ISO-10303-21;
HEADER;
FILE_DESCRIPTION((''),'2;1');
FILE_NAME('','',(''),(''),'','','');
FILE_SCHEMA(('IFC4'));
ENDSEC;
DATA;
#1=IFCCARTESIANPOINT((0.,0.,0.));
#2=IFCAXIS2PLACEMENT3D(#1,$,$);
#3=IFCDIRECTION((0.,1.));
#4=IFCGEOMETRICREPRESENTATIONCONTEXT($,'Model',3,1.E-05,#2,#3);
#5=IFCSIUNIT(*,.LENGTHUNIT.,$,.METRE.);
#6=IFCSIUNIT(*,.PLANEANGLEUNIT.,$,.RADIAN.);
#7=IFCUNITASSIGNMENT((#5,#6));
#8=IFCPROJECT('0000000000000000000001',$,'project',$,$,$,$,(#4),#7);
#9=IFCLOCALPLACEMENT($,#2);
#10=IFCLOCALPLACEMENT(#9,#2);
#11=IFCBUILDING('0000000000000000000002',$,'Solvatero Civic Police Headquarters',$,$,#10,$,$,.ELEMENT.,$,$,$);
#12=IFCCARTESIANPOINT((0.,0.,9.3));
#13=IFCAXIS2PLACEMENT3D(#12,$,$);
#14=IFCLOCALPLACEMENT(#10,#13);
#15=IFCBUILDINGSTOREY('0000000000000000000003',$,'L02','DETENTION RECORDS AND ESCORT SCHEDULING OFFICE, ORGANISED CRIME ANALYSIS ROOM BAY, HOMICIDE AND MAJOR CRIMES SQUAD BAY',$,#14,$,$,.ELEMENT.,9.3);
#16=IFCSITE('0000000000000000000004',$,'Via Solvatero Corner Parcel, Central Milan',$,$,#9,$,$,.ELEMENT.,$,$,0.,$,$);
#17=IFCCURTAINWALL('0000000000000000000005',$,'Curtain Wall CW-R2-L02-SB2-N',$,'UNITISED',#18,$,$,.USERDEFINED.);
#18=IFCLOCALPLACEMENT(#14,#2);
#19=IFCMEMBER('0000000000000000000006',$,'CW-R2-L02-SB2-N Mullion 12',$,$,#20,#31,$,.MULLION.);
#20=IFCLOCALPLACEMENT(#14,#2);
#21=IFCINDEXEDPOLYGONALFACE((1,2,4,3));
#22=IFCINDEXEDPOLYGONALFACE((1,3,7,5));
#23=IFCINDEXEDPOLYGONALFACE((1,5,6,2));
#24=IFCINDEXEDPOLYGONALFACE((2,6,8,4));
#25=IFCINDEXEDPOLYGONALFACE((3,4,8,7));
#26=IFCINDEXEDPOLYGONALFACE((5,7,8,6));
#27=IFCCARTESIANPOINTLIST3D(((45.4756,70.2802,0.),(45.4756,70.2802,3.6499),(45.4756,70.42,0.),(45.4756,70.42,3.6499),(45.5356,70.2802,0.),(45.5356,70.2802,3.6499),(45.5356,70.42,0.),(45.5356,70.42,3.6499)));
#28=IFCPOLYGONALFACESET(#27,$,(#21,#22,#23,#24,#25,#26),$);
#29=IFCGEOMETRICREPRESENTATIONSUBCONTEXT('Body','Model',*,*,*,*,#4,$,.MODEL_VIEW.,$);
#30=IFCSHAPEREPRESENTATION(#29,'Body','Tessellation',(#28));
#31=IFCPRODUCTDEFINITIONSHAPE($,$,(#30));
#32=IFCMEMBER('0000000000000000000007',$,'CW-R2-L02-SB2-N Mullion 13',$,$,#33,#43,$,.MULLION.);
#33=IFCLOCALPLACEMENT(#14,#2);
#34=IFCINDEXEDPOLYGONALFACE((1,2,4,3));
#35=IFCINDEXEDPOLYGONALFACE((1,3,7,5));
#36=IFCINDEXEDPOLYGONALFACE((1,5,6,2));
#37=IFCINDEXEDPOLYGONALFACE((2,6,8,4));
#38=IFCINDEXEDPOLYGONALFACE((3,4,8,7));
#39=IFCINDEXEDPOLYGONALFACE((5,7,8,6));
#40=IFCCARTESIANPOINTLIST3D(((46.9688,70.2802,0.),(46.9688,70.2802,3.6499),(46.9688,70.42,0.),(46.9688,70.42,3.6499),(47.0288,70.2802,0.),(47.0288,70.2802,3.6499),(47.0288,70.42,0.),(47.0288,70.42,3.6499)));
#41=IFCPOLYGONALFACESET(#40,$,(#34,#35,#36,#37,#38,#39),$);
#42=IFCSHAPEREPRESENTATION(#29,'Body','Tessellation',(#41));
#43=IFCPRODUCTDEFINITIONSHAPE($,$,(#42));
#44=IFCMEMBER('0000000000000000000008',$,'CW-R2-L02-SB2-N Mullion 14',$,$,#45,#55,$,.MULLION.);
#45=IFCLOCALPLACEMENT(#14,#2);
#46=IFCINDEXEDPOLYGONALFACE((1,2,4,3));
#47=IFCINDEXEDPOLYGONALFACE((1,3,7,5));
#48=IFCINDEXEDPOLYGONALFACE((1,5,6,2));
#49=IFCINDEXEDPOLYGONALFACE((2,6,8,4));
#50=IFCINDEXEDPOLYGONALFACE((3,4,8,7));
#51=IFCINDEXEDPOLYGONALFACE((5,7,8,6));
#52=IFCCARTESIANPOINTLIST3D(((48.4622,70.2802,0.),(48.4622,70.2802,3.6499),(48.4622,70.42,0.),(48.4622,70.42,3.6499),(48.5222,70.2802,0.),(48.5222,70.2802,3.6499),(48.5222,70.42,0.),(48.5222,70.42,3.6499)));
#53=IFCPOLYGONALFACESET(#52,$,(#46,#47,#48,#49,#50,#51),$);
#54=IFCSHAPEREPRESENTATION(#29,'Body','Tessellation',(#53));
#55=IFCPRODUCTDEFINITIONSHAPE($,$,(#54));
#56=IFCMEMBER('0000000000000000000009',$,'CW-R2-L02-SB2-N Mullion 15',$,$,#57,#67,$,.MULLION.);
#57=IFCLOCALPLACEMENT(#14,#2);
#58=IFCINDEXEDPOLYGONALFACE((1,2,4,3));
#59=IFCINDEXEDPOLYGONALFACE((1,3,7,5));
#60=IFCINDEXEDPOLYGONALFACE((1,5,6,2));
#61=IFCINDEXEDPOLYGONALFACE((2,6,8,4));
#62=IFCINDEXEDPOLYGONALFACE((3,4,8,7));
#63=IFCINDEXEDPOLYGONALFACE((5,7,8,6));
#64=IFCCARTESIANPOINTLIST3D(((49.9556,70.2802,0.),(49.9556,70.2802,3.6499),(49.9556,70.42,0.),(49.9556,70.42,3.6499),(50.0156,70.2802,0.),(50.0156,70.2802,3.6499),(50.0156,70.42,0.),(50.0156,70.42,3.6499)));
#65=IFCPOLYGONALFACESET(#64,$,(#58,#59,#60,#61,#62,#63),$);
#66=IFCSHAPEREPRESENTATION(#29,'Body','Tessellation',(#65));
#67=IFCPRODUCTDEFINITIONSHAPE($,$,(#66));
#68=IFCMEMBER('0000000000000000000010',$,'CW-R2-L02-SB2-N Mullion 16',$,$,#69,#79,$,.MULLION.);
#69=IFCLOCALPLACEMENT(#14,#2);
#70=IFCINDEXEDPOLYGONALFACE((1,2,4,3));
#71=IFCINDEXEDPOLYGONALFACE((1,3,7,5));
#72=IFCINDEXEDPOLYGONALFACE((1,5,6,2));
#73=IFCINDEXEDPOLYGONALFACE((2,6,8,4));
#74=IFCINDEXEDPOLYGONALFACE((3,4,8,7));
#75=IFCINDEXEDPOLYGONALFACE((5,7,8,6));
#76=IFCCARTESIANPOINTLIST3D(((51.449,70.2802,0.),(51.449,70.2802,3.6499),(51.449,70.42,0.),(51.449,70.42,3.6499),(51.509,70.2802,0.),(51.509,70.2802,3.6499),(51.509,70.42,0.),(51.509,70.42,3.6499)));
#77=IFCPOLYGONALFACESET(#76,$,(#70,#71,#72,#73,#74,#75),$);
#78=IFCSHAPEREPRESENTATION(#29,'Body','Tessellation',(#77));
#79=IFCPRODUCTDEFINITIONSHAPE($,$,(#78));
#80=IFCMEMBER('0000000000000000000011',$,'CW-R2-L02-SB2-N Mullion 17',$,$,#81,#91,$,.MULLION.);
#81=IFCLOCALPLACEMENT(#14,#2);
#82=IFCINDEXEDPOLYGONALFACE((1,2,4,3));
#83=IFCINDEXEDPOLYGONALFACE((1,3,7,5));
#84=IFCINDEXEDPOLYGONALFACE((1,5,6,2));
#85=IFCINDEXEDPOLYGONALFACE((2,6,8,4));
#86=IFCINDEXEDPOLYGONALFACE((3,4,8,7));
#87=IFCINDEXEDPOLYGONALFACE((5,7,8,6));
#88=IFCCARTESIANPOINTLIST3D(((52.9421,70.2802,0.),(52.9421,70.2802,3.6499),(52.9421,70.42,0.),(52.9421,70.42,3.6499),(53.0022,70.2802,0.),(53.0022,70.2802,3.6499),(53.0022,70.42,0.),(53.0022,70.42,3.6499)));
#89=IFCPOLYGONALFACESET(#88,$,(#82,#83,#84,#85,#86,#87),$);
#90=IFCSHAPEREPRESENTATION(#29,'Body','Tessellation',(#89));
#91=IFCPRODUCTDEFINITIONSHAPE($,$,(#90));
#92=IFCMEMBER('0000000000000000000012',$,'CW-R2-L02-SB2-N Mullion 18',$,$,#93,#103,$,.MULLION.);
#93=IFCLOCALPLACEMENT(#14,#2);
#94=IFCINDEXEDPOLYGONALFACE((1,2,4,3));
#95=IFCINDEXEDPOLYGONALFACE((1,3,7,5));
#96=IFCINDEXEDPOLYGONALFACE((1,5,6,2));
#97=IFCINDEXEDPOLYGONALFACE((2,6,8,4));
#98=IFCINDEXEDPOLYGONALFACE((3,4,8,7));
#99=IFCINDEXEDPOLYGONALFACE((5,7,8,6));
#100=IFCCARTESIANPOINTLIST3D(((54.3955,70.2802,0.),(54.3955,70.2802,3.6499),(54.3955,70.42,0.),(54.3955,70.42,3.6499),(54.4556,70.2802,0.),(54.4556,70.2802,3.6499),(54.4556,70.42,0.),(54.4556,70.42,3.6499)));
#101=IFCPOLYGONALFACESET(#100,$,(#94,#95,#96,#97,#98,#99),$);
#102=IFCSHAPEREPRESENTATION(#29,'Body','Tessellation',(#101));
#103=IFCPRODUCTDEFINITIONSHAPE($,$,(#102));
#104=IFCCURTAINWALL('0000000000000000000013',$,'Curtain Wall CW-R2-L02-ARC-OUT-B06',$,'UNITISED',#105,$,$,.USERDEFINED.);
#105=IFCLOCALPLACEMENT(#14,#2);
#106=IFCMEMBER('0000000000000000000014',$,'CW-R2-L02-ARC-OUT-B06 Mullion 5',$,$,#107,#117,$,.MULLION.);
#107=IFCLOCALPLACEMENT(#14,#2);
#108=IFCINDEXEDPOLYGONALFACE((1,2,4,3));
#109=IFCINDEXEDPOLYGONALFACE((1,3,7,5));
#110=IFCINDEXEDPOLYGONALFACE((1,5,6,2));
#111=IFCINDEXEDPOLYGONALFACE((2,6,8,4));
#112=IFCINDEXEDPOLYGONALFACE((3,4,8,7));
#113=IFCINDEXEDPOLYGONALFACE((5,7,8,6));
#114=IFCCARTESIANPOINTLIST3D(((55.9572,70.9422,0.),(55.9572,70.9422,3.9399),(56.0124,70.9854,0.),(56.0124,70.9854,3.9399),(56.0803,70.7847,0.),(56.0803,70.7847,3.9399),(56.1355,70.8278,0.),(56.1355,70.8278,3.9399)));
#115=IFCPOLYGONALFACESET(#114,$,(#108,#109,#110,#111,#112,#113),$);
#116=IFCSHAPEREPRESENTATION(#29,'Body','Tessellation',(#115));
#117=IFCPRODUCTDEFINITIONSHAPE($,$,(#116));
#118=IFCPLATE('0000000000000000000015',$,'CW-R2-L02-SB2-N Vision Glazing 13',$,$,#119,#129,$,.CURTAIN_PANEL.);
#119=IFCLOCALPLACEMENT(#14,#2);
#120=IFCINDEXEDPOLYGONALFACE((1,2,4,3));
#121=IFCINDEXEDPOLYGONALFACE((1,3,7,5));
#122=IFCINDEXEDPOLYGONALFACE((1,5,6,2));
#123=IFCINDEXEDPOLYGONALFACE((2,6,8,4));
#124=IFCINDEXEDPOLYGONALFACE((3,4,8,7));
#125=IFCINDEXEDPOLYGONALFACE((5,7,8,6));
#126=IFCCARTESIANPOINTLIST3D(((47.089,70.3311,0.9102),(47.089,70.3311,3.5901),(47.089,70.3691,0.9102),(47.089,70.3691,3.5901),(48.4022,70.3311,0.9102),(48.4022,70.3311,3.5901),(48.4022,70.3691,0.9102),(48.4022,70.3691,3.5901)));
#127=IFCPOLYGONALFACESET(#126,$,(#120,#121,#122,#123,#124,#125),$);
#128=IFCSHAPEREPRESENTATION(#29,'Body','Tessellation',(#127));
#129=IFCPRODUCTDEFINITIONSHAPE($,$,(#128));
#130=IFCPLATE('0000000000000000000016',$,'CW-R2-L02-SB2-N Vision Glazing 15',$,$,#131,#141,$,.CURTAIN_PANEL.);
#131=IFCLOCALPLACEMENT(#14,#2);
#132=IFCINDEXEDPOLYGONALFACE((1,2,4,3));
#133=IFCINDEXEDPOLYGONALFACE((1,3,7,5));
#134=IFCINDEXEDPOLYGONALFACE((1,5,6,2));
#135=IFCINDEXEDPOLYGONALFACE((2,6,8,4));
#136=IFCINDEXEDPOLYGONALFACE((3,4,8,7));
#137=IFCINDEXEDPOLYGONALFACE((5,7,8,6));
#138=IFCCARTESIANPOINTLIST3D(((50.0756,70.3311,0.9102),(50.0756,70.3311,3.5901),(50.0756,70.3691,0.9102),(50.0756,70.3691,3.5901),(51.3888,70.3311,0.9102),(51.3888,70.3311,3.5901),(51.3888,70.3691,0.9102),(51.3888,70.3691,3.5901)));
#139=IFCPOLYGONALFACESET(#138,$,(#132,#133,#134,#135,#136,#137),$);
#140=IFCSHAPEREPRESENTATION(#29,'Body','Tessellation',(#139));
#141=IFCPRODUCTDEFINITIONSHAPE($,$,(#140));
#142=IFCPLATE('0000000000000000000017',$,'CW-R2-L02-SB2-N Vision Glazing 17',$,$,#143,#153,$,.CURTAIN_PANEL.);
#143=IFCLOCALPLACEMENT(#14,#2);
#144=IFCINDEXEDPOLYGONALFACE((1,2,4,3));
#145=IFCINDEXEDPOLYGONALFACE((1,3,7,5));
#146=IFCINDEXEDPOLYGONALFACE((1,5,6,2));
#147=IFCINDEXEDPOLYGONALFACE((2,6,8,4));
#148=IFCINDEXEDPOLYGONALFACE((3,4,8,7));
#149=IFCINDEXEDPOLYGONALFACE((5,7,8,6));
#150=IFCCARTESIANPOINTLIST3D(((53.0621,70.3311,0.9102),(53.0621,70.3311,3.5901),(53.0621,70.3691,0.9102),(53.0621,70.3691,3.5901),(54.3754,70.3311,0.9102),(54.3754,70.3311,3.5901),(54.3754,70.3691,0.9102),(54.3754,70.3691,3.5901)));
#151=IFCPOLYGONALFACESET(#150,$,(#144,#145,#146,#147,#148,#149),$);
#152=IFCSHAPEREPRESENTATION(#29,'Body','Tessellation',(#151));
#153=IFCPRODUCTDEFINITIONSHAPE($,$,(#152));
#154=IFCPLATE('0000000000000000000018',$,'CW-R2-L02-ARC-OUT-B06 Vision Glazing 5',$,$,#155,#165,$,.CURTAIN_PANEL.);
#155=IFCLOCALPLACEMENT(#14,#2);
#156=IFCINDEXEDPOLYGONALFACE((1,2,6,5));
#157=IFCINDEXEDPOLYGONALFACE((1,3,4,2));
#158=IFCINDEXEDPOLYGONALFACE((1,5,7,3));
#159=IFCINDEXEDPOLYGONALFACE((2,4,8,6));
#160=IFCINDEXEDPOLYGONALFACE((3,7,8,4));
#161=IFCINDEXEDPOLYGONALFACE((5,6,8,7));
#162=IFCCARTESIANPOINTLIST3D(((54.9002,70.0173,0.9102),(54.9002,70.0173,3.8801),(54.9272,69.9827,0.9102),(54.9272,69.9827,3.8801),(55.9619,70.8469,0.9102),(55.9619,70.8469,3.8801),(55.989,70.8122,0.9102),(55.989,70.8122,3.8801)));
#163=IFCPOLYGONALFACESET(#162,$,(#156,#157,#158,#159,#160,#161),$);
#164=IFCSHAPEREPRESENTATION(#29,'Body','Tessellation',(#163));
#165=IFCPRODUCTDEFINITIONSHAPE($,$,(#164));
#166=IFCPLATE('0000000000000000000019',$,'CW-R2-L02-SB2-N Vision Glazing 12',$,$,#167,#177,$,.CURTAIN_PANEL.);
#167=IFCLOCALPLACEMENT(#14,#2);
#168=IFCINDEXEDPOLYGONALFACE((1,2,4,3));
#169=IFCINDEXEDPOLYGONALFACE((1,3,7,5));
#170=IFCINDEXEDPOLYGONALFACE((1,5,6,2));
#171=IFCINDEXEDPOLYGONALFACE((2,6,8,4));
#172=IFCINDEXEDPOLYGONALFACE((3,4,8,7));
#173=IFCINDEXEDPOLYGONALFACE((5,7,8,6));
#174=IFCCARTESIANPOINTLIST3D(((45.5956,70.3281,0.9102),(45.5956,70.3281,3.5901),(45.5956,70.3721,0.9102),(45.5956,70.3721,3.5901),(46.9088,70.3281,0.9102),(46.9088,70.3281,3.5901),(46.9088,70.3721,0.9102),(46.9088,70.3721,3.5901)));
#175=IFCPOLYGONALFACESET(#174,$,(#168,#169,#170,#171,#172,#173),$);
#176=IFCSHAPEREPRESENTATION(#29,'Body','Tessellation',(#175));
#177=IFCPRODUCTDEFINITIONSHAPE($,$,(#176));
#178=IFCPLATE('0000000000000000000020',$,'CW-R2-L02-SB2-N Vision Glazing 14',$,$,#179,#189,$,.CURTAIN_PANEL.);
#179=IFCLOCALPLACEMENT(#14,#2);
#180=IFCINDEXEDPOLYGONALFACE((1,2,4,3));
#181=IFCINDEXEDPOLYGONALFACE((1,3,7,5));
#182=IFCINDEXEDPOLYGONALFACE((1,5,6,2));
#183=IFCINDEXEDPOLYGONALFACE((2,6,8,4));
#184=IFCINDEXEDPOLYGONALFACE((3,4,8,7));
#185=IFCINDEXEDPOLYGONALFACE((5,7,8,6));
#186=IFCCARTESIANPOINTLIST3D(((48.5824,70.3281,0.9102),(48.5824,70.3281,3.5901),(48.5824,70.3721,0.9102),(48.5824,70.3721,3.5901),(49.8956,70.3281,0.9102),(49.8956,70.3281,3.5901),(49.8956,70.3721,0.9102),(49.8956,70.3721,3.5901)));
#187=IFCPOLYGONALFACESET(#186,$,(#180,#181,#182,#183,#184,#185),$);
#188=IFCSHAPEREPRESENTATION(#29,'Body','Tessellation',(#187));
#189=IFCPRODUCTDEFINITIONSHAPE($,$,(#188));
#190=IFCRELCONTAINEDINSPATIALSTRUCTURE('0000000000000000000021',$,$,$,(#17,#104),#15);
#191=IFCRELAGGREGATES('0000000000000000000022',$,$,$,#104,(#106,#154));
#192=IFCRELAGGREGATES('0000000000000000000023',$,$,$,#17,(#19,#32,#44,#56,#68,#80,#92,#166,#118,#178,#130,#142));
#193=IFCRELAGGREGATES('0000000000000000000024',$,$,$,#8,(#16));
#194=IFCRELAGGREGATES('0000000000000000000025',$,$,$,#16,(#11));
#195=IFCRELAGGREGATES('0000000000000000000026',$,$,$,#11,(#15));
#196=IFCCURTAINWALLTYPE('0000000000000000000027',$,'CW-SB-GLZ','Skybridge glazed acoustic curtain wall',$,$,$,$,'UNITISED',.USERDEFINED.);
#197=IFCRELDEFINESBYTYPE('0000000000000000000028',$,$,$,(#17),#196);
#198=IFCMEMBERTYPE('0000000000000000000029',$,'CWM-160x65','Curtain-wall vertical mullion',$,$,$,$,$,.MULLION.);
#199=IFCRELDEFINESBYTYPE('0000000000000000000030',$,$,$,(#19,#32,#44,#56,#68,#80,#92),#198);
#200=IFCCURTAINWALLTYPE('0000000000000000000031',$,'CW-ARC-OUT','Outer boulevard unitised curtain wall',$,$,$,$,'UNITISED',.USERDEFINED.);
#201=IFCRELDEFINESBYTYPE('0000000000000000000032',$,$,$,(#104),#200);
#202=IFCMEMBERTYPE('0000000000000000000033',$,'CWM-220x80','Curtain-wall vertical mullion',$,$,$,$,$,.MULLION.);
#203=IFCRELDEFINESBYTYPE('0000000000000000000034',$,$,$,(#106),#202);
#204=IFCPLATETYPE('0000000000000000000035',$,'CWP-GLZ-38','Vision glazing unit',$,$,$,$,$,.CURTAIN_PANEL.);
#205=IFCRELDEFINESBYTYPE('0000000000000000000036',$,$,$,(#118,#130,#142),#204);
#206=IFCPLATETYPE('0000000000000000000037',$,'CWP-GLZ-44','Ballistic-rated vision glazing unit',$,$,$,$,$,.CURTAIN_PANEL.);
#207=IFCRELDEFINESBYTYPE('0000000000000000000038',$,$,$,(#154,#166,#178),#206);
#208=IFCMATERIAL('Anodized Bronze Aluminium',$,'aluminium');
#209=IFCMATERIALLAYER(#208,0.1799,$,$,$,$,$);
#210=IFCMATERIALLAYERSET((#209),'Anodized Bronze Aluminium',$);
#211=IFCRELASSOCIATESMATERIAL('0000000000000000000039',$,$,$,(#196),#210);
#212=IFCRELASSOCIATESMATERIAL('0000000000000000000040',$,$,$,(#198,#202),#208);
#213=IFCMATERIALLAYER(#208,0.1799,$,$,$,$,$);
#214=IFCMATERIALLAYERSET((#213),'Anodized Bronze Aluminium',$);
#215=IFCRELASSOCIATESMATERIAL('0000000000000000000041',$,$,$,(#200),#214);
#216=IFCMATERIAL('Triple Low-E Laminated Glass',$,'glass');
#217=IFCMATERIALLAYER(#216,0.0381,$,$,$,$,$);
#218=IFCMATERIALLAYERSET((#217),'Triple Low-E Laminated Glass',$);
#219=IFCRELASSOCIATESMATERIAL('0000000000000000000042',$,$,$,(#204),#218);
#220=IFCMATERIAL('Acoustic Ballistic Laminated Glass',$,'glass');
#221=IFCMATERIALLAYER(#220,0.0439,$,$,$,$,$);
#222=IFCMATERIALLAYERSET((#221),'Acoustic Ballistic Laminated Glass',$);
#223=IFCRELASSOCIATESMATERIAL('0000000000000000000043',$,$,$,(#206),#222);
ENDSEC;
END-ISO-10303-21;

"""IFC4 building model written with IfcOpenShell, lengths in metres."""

from ifc_helpers import new_model, si_unit, direction, frame, origin, origin_2d, place, context, subcontext, project, spatial, rectangle, extrude, material, layer, layer_set, material_profile, profile_set, type_object, element, aggregate, save


model = new_model("IFC4")

# Units and contexts
model_context = context("Model", 3, precision=1e-05, world=origin(), true_north=direction((0.0, 1.0)))
body_context = subcontext(model_context, "Body", "Model", "MODEL_VIEW")
ifc_project = project(units=[si_unit("LENGTHUNIT", "METRE"), si_unit("PLANEANGLEUNIT", "RADIAN")], contexts=[model_context])

# Site, building, storey
site_placement = place(None, origin())
site = spatial("IfcSite", under=ifc_project, at=site_placement, Name="Via Solvatero Corner Parcel, Central Milan", CompositionType="ELEMENT", RefElevation=0.0)
building_placement = place(site_placement, origin())
building = spatial("IfcBuilding", under=site, at=building_placement, Name="Solvatero Civic Police Headquarters", CompositionType="ELEMENT")
storey_placement = place(building_placement, frame((0.0, 0.0, 9.3)))
storey = spatial("IfcBuildingStorey", under=building, at=storey_placement, Name="L02", Description="DETENTION RECORDS AND ESCORT SCHEDULING OFFICE, ORGANISED CRIME ANALYSIS ROOM BAY, HOMICIDE AND MAJOR CRIMES SQUAD BAY", CompositionType="ELEMENT", Elevation=9.3)

# Curtain wall, members
ifc_material_1 = material(Name="Anodized Bronze Aluminium", Category="aluminium")
ifc_layer_1 = layer(ifc_material_1, 0.1799)
ifc_layer_set_1 = layer_set([ifc_layer_1], Name="Anodized Bronze Aluminium")
curtain_wall_type_1 = type_object("IfcCurtainWallType", Name="CW-SB-GLZ", Description="Skybridge glazed acoustic curtain wall", ElementType="UNITISED", PredefinedType="USERDEFINED", material=ifc_layer_set_1)
curtain_wall_1_placement = place(storey_placement, origin())
curtain_wall_1 = element("IfcCurtainWall", 1, at=curtain_wall_1_placement, inside=storey, type_object=curtain_wall_type_1, Name="Curtain Wall CW-R2-L02-SB2-N", ObjectType="UNITISED", PredefinedType="USERDEFINED")
ifc_material_profile_1 = material_profile(ifc_material_1, rectangle(XDim=0.0601, YDim=0.1399, at=origin_2d()), Name="ALU MULLION 60x140")
ifc_profile_set_1 = profile_set([ifc_material_profile_1], Name="Anodized Bronze Aluminium")
member_type_1 = type_object("IfcMemberType", Name="CWM-160x65", Description="Curtain-wall vertical mullion", PredefinedType="MULLION", material=ifc_profile_set_1)
member_1_placement = place(storey_placement, frame((45.5056, 70.3501, 0.0), z_axis=(0.0, 0.0, 1.0), x_axis=(1.0, 0.0, 0.0)))
member_1 = element("IfcMember", 2, at=member_1_placement, type_object=member_type_1, Name="CW-R2-L02-SB2-N Mullion 12", PredefinedType="MULLION", context=body_context, shape_type="SweptSolid", body=[
    extrude(rectangle(XDim=0.0601, YDim=0.1399, at=origin_2d()), origin(), (0.0, 0.0, 1.0), 3.6499),
])
member_2_placement = place(storey_placement, frame((46.9988, 70.3501, 0.0), z_axis=(0.0, 0.0, 1.0), x_axis=(1.0, 0.0, 0.0)))
member_2 = element("IfcMember", 3, at=member_2_placement, type_object=member_type_1, Name="CW-R2-L02-SB2-N Mullion 13", PredefinedType="MULLION", context=body_context, shape_type="SweptSolid", body=[
    extrude(rectangle(XDim=0.0601, YDim=0.1399, at=origin_2d()), origin(), (0.0, 0.0, 1.0), 3.6499),
])
member_3_placement = place(storey_placement, frame((48.4922, 70.3501, 0.0), z_axis=(0.0, 0.0, 1.0), x_axis=(1.0, 0.0, 0.0)))
member_3 = element("IfcMember", 4, at=member_3_placement, type_object=member_type_1, Name="CW-R2-L02-SB2-N Mullion 14", PredefinedType="MULLION", context=body_context, shape_type="SweptSolid", body=[
    extrude(rectangle(XDim=0.0601, YDim=0.1399, at=origin_2d()), origin(), (0.0, 0.0, 1.0), 3.6499),
])
member_4_placement = place(storey_placement, frame((49.9856, 70.3501, 0.0), z_axis=(0.0, 0.0, 1.0), x_axis=(1.0, 0.0, 0.0)))
member_4 = element("IfcMember", 5, at=member_4_placement, type_object=member_type_1, Name="CW-R2-L02-SB2-N Mullion 15", PredefinedType="MULLION", context=body_context, shape_type="SweptSolid", body=[
    extrude(rectangle(XDim=0.0601, YDim=0.1399, at=origin_2d()), origin(), (0.0, 0.0, 1.0), 3.6499),
])
member_5_placement = place(storey_placement, frame((51.479, 70.3501, 0.0), z_axis=(0.0, 0.0, 1.0), x_axis=(1.0, 0.0, 0.0)))
member_5 = element("IfcMember", 6, at=member_5_placement, type_object=member_type_1, Name="CW-R2-L02-SB2-N Mullion 16", PredefinedType="MULLION", context=body_context, shape_type="SweptSolid", body=[
    extrude(rectangle(XDim=0.0601, YDim=0.1399, at=origin_2d()), origin(), (0.0, 0.0, 1.0), 3.6499),
])
member_6_placement = place(storey_placement, frame((52.9722, 70.3501, 0.0), z_axis=(0.0, 0.0, 1.0), x_axis=(1.0, 0.0, 0.0)))
member_6 = element("IfcMember", 7, at=member_6_placement, type_object=member_type_1, Name="CW-R2-L02-SB2-N Mullion 17", PredefinedType="MULLION", context=body_context, shape_type="SweptSolid", body=[
    extrude(rectangle(XDim=0.0601, YDim=0.1399, at=origin_2d()), origin(), (0.0, 0.0, 1.0), 3.6499),
])
member_7_placement = place(storey_placement, frame((54.4255, 70.3501, 0.0), z_axis=(0.0, 0.0, 1.0), x_axis=(1.0, 0.0, 0.0)))
member_7 = element("IfcMember", 8, at=member_7_placement, type_object=member_type_1, Name="CW-R2-L02-SB2-N Mullion 18", PredefinedType="MULLION", context=body_context, shape_type="SweptSolid", body=[
    extrude(rectangle(XDim=0.0601, YDim=0.1399, at=origin_2d()), origin(), (0.0, 0.0, 1.0), 3.6499),
])

# Curtain wall, member
ifc_layer_2 = layer(ifc_material_1, 0.1799)
ifc_layer_set_2 = layer_set([ifc_layer_2], Name="Anodized Bronze Aluminium")
curtain_wall_type_2 = type_object("IfcCurtainWallType", Name="CW-ARC-OUT", Description="Outer boulevard unitised curtain wall", ElementType="UNITISED", PredefinedType="USERDEFINED", material=ifc_layer_set_2)
curtain_wall_2_placement = place(storey_placement, origin())
curtain_wall_2 = element("IfcCurtainWall", 9, at=curtain_wall_2_placement, inside=storey, type_object=curtain_wall_type_2, Name="Curtain Wall CW-R2-L02-ARC-OUT-B06", ObjectType="UNITISED", PredefinedType="USERDEFINED")
ifc_material_profile_2 = material_profile(ifc_material_1, rectangle(XDim=0.0701, YDim=0.2, at=origin_2d()), Name="ALU MULLION 70x200")
ifc_profile_set_2 = profile_set([ifc_material_profile_2], Name="Anodized Bronze Aluminium")
member_type_2 = type_object("IfcMemberType", Name="CWM-220x80", Description="Curtain-wall vertical mullion", PredefinedType="MULLION", material=ifc_profile_set_2)
member_8_placement = place(storey_placement, frame((56.0464, 70.885, 0.0), z_axis=(0.0, 0.0, 1.0), x_axis=(-0.788021, -0.615648, 0.0)))
member_8 = element("IfcMember", 10, at=member_8_placement, type_object=member_type_2, Name="CW-R2-L02-ARC-OUT-B06 Mullion 5", PredefinedType="MULLION", context=body_context, shape_type="SweptSolid", body=[
    extrude(rectangle(XDim=0.0701, YDim=0.2, at=origin_2d()), origin(), (0.0, 0.0, 1.0), 3.9399),
])

# Plates
ifc_material_2 = material(Name="Triple Low-E Laminated Glass", Category="glass")
ifc_layer_3 = layer(ifc_material_2, 0.0381)
ifc_layer_set_3 = layer_set([ifc_layer_3], Name="Triple Low-E Laminated Glass")
plate_type_1 = type_object("IfcPlateType", Name="CWP-GLZ-38", Description="Vision glazing unit", PredefinedType="CURTAIN_PANEL", material=ifc_layer_set_3)
plate_1_placement = place(storey_placement, frame((47.7456, 70.3501, 0.9102), z_axis=(0.0, 0.0, 1.0), x_axis=(1.0, 0.0, 0.0)))
plate_1 = element("IfcPlate", 11, at=plate_1_placement, type_object=plate_type_1, Name="CW-R2-L02-SB2-N Vision Glazing 13", PredefinedType="CURTAIN_PANEL", context=body_context, shape_type="SweptSolid", body=[
    extrude(rectangle(XDim=1.3132, YDim=0.0381, at=origin_2d()), origin(), (0.0, 0.0, 1.0), 2.6799),
])
plate_2_placement = place(storey_placement, frame((50.7322, 70.3501, 0.9102), z_axis=(0.0, 0.0, 1.0), x_axis=(1.0, 0.0, 0.0)))
plate_2 = element("IfcPlate", 12, at=plate_2_placement, type_object=plate_type_1, Name="CW-R2-L02-SB2-N Vision Glazing 15", PredefinedType="CURTAIN_PANEL", context=body_context, shape_type="SweptSolid", body=[
    extrude(rectangle(XDim=1.3132, YDim=0.0381, at=origin_2d()), origin(), (0.0, 0.0, 1.0), 2.6799),
])
plate_3_placement = place(storey_placement, frame((53.7188, 70.3501, 0.9102), z_axis=(0.0, 0.0, 1.0), x_axis=(1.0, 0.0, 0.0)))
plate_3 = element("IfcPlate", 13, at=plate_3_placement, type_object=plate_type_1, Name="CW-R2-L02-SB2-N Vision Glazing 17", PredefinedType="CURTAIN_PANEL", context=body_context, shape_type="SweptSolid", body=[
    extrude(rectangle(XDim=1.3132, YDim=0.0381, at=origin_2d()), origin(), (0.0, 0.0, 1.0), 2.6799),
])
ifc_material_3 = material(Name="Acoustic Ballistic Laminated Glass", Category="glass")
ifc_layer_4 = layer(ifc_material_3, 0.0439)
ifc_layer_set_4 = layer_set([ifc_layer_4], Name="Acoustic Ballistic Laminated Glass")
plate_type_2 = type_object("IfcPlateType", Name="CWP-GLZ-44", Description="Ballistic-rated vision glazing unit", PredefinedType="CURTAIN_PANEL", material=ifc_layer_set_4)
plate_4_placement = place(storey_placement, frame((55.4446, 70.4148, 0.9102), z_axis=(0.0, 0.0, 1.0), x_axis=(-0.788021, -0.615648, 0.0)))
plate_4 = element("IfcPlate", 14, at=plate_4_placement, type_object=plate_type_2, Name="CW-R2-L02-ARC-OUT-B06 Vision Glazing 5", PredefinedType="CURTAIN_PANEL", context=body_context, shape_type="SweptSolid", body=[
    extrude(rectangle(XDim=1.3474, YDim=0.0439, at=origin_2d()), origin(), (0.0, 0.0, 1.0), 2.97),
])
plate_5_placement = place(storey_placement, frame((46.2522, 70.3501, 0.9102), z_axis=(0.0, 0.0, 1.0), x_axis=(1.0, 0.0, 0.0)))
plate_5 = element("IfcPlate", 15, at=plate_5_placement, type_object=plate_type_2, Name="CW-R2-L02-SB2-N Vision Glazing 12", PredefinedType="CURTAIN_PANEL", context=body_context, shape_type="SweptSolid", body=[
    extrude(rectangle(XDim=1.3132, YDim=0.0439, at=origin_2d()), origin(), (0.0, 0.0, 1.0), 2.6799),
])
plate_6_placement = place(storey_placement, frame((49.239, 70.3501, 0.9102), z_axis=(0.0, 0.0, 1.0), x_axis=(1.0, 0.0, 0.0)))
plate_6 = element("IfcPlate", 16, at=plate_6_placement, type_object=plate_type_2, Name="CW-R2-L02-SB2-N Vision Glazing 14", PredefinedType="CURTAIN_PANEL", context=body_context, shape_type="SweptSolid", body=[
    extrude(rectangle(XDim=1.3132, YDim=0.0439, at=origin_2d()), origin(), (0.0, 0.0, 1.0), 2.6799),
])
aggregate(curtain_wall_2, [member_8, plate_4])
aggregate(curtain_wall_1, [member_1, member_2, member_3, member_4, member_5, member_6, member_7, plate_5, plate_1, plate_6, plate_2, plate_3])

save(model, "model.ifc")
